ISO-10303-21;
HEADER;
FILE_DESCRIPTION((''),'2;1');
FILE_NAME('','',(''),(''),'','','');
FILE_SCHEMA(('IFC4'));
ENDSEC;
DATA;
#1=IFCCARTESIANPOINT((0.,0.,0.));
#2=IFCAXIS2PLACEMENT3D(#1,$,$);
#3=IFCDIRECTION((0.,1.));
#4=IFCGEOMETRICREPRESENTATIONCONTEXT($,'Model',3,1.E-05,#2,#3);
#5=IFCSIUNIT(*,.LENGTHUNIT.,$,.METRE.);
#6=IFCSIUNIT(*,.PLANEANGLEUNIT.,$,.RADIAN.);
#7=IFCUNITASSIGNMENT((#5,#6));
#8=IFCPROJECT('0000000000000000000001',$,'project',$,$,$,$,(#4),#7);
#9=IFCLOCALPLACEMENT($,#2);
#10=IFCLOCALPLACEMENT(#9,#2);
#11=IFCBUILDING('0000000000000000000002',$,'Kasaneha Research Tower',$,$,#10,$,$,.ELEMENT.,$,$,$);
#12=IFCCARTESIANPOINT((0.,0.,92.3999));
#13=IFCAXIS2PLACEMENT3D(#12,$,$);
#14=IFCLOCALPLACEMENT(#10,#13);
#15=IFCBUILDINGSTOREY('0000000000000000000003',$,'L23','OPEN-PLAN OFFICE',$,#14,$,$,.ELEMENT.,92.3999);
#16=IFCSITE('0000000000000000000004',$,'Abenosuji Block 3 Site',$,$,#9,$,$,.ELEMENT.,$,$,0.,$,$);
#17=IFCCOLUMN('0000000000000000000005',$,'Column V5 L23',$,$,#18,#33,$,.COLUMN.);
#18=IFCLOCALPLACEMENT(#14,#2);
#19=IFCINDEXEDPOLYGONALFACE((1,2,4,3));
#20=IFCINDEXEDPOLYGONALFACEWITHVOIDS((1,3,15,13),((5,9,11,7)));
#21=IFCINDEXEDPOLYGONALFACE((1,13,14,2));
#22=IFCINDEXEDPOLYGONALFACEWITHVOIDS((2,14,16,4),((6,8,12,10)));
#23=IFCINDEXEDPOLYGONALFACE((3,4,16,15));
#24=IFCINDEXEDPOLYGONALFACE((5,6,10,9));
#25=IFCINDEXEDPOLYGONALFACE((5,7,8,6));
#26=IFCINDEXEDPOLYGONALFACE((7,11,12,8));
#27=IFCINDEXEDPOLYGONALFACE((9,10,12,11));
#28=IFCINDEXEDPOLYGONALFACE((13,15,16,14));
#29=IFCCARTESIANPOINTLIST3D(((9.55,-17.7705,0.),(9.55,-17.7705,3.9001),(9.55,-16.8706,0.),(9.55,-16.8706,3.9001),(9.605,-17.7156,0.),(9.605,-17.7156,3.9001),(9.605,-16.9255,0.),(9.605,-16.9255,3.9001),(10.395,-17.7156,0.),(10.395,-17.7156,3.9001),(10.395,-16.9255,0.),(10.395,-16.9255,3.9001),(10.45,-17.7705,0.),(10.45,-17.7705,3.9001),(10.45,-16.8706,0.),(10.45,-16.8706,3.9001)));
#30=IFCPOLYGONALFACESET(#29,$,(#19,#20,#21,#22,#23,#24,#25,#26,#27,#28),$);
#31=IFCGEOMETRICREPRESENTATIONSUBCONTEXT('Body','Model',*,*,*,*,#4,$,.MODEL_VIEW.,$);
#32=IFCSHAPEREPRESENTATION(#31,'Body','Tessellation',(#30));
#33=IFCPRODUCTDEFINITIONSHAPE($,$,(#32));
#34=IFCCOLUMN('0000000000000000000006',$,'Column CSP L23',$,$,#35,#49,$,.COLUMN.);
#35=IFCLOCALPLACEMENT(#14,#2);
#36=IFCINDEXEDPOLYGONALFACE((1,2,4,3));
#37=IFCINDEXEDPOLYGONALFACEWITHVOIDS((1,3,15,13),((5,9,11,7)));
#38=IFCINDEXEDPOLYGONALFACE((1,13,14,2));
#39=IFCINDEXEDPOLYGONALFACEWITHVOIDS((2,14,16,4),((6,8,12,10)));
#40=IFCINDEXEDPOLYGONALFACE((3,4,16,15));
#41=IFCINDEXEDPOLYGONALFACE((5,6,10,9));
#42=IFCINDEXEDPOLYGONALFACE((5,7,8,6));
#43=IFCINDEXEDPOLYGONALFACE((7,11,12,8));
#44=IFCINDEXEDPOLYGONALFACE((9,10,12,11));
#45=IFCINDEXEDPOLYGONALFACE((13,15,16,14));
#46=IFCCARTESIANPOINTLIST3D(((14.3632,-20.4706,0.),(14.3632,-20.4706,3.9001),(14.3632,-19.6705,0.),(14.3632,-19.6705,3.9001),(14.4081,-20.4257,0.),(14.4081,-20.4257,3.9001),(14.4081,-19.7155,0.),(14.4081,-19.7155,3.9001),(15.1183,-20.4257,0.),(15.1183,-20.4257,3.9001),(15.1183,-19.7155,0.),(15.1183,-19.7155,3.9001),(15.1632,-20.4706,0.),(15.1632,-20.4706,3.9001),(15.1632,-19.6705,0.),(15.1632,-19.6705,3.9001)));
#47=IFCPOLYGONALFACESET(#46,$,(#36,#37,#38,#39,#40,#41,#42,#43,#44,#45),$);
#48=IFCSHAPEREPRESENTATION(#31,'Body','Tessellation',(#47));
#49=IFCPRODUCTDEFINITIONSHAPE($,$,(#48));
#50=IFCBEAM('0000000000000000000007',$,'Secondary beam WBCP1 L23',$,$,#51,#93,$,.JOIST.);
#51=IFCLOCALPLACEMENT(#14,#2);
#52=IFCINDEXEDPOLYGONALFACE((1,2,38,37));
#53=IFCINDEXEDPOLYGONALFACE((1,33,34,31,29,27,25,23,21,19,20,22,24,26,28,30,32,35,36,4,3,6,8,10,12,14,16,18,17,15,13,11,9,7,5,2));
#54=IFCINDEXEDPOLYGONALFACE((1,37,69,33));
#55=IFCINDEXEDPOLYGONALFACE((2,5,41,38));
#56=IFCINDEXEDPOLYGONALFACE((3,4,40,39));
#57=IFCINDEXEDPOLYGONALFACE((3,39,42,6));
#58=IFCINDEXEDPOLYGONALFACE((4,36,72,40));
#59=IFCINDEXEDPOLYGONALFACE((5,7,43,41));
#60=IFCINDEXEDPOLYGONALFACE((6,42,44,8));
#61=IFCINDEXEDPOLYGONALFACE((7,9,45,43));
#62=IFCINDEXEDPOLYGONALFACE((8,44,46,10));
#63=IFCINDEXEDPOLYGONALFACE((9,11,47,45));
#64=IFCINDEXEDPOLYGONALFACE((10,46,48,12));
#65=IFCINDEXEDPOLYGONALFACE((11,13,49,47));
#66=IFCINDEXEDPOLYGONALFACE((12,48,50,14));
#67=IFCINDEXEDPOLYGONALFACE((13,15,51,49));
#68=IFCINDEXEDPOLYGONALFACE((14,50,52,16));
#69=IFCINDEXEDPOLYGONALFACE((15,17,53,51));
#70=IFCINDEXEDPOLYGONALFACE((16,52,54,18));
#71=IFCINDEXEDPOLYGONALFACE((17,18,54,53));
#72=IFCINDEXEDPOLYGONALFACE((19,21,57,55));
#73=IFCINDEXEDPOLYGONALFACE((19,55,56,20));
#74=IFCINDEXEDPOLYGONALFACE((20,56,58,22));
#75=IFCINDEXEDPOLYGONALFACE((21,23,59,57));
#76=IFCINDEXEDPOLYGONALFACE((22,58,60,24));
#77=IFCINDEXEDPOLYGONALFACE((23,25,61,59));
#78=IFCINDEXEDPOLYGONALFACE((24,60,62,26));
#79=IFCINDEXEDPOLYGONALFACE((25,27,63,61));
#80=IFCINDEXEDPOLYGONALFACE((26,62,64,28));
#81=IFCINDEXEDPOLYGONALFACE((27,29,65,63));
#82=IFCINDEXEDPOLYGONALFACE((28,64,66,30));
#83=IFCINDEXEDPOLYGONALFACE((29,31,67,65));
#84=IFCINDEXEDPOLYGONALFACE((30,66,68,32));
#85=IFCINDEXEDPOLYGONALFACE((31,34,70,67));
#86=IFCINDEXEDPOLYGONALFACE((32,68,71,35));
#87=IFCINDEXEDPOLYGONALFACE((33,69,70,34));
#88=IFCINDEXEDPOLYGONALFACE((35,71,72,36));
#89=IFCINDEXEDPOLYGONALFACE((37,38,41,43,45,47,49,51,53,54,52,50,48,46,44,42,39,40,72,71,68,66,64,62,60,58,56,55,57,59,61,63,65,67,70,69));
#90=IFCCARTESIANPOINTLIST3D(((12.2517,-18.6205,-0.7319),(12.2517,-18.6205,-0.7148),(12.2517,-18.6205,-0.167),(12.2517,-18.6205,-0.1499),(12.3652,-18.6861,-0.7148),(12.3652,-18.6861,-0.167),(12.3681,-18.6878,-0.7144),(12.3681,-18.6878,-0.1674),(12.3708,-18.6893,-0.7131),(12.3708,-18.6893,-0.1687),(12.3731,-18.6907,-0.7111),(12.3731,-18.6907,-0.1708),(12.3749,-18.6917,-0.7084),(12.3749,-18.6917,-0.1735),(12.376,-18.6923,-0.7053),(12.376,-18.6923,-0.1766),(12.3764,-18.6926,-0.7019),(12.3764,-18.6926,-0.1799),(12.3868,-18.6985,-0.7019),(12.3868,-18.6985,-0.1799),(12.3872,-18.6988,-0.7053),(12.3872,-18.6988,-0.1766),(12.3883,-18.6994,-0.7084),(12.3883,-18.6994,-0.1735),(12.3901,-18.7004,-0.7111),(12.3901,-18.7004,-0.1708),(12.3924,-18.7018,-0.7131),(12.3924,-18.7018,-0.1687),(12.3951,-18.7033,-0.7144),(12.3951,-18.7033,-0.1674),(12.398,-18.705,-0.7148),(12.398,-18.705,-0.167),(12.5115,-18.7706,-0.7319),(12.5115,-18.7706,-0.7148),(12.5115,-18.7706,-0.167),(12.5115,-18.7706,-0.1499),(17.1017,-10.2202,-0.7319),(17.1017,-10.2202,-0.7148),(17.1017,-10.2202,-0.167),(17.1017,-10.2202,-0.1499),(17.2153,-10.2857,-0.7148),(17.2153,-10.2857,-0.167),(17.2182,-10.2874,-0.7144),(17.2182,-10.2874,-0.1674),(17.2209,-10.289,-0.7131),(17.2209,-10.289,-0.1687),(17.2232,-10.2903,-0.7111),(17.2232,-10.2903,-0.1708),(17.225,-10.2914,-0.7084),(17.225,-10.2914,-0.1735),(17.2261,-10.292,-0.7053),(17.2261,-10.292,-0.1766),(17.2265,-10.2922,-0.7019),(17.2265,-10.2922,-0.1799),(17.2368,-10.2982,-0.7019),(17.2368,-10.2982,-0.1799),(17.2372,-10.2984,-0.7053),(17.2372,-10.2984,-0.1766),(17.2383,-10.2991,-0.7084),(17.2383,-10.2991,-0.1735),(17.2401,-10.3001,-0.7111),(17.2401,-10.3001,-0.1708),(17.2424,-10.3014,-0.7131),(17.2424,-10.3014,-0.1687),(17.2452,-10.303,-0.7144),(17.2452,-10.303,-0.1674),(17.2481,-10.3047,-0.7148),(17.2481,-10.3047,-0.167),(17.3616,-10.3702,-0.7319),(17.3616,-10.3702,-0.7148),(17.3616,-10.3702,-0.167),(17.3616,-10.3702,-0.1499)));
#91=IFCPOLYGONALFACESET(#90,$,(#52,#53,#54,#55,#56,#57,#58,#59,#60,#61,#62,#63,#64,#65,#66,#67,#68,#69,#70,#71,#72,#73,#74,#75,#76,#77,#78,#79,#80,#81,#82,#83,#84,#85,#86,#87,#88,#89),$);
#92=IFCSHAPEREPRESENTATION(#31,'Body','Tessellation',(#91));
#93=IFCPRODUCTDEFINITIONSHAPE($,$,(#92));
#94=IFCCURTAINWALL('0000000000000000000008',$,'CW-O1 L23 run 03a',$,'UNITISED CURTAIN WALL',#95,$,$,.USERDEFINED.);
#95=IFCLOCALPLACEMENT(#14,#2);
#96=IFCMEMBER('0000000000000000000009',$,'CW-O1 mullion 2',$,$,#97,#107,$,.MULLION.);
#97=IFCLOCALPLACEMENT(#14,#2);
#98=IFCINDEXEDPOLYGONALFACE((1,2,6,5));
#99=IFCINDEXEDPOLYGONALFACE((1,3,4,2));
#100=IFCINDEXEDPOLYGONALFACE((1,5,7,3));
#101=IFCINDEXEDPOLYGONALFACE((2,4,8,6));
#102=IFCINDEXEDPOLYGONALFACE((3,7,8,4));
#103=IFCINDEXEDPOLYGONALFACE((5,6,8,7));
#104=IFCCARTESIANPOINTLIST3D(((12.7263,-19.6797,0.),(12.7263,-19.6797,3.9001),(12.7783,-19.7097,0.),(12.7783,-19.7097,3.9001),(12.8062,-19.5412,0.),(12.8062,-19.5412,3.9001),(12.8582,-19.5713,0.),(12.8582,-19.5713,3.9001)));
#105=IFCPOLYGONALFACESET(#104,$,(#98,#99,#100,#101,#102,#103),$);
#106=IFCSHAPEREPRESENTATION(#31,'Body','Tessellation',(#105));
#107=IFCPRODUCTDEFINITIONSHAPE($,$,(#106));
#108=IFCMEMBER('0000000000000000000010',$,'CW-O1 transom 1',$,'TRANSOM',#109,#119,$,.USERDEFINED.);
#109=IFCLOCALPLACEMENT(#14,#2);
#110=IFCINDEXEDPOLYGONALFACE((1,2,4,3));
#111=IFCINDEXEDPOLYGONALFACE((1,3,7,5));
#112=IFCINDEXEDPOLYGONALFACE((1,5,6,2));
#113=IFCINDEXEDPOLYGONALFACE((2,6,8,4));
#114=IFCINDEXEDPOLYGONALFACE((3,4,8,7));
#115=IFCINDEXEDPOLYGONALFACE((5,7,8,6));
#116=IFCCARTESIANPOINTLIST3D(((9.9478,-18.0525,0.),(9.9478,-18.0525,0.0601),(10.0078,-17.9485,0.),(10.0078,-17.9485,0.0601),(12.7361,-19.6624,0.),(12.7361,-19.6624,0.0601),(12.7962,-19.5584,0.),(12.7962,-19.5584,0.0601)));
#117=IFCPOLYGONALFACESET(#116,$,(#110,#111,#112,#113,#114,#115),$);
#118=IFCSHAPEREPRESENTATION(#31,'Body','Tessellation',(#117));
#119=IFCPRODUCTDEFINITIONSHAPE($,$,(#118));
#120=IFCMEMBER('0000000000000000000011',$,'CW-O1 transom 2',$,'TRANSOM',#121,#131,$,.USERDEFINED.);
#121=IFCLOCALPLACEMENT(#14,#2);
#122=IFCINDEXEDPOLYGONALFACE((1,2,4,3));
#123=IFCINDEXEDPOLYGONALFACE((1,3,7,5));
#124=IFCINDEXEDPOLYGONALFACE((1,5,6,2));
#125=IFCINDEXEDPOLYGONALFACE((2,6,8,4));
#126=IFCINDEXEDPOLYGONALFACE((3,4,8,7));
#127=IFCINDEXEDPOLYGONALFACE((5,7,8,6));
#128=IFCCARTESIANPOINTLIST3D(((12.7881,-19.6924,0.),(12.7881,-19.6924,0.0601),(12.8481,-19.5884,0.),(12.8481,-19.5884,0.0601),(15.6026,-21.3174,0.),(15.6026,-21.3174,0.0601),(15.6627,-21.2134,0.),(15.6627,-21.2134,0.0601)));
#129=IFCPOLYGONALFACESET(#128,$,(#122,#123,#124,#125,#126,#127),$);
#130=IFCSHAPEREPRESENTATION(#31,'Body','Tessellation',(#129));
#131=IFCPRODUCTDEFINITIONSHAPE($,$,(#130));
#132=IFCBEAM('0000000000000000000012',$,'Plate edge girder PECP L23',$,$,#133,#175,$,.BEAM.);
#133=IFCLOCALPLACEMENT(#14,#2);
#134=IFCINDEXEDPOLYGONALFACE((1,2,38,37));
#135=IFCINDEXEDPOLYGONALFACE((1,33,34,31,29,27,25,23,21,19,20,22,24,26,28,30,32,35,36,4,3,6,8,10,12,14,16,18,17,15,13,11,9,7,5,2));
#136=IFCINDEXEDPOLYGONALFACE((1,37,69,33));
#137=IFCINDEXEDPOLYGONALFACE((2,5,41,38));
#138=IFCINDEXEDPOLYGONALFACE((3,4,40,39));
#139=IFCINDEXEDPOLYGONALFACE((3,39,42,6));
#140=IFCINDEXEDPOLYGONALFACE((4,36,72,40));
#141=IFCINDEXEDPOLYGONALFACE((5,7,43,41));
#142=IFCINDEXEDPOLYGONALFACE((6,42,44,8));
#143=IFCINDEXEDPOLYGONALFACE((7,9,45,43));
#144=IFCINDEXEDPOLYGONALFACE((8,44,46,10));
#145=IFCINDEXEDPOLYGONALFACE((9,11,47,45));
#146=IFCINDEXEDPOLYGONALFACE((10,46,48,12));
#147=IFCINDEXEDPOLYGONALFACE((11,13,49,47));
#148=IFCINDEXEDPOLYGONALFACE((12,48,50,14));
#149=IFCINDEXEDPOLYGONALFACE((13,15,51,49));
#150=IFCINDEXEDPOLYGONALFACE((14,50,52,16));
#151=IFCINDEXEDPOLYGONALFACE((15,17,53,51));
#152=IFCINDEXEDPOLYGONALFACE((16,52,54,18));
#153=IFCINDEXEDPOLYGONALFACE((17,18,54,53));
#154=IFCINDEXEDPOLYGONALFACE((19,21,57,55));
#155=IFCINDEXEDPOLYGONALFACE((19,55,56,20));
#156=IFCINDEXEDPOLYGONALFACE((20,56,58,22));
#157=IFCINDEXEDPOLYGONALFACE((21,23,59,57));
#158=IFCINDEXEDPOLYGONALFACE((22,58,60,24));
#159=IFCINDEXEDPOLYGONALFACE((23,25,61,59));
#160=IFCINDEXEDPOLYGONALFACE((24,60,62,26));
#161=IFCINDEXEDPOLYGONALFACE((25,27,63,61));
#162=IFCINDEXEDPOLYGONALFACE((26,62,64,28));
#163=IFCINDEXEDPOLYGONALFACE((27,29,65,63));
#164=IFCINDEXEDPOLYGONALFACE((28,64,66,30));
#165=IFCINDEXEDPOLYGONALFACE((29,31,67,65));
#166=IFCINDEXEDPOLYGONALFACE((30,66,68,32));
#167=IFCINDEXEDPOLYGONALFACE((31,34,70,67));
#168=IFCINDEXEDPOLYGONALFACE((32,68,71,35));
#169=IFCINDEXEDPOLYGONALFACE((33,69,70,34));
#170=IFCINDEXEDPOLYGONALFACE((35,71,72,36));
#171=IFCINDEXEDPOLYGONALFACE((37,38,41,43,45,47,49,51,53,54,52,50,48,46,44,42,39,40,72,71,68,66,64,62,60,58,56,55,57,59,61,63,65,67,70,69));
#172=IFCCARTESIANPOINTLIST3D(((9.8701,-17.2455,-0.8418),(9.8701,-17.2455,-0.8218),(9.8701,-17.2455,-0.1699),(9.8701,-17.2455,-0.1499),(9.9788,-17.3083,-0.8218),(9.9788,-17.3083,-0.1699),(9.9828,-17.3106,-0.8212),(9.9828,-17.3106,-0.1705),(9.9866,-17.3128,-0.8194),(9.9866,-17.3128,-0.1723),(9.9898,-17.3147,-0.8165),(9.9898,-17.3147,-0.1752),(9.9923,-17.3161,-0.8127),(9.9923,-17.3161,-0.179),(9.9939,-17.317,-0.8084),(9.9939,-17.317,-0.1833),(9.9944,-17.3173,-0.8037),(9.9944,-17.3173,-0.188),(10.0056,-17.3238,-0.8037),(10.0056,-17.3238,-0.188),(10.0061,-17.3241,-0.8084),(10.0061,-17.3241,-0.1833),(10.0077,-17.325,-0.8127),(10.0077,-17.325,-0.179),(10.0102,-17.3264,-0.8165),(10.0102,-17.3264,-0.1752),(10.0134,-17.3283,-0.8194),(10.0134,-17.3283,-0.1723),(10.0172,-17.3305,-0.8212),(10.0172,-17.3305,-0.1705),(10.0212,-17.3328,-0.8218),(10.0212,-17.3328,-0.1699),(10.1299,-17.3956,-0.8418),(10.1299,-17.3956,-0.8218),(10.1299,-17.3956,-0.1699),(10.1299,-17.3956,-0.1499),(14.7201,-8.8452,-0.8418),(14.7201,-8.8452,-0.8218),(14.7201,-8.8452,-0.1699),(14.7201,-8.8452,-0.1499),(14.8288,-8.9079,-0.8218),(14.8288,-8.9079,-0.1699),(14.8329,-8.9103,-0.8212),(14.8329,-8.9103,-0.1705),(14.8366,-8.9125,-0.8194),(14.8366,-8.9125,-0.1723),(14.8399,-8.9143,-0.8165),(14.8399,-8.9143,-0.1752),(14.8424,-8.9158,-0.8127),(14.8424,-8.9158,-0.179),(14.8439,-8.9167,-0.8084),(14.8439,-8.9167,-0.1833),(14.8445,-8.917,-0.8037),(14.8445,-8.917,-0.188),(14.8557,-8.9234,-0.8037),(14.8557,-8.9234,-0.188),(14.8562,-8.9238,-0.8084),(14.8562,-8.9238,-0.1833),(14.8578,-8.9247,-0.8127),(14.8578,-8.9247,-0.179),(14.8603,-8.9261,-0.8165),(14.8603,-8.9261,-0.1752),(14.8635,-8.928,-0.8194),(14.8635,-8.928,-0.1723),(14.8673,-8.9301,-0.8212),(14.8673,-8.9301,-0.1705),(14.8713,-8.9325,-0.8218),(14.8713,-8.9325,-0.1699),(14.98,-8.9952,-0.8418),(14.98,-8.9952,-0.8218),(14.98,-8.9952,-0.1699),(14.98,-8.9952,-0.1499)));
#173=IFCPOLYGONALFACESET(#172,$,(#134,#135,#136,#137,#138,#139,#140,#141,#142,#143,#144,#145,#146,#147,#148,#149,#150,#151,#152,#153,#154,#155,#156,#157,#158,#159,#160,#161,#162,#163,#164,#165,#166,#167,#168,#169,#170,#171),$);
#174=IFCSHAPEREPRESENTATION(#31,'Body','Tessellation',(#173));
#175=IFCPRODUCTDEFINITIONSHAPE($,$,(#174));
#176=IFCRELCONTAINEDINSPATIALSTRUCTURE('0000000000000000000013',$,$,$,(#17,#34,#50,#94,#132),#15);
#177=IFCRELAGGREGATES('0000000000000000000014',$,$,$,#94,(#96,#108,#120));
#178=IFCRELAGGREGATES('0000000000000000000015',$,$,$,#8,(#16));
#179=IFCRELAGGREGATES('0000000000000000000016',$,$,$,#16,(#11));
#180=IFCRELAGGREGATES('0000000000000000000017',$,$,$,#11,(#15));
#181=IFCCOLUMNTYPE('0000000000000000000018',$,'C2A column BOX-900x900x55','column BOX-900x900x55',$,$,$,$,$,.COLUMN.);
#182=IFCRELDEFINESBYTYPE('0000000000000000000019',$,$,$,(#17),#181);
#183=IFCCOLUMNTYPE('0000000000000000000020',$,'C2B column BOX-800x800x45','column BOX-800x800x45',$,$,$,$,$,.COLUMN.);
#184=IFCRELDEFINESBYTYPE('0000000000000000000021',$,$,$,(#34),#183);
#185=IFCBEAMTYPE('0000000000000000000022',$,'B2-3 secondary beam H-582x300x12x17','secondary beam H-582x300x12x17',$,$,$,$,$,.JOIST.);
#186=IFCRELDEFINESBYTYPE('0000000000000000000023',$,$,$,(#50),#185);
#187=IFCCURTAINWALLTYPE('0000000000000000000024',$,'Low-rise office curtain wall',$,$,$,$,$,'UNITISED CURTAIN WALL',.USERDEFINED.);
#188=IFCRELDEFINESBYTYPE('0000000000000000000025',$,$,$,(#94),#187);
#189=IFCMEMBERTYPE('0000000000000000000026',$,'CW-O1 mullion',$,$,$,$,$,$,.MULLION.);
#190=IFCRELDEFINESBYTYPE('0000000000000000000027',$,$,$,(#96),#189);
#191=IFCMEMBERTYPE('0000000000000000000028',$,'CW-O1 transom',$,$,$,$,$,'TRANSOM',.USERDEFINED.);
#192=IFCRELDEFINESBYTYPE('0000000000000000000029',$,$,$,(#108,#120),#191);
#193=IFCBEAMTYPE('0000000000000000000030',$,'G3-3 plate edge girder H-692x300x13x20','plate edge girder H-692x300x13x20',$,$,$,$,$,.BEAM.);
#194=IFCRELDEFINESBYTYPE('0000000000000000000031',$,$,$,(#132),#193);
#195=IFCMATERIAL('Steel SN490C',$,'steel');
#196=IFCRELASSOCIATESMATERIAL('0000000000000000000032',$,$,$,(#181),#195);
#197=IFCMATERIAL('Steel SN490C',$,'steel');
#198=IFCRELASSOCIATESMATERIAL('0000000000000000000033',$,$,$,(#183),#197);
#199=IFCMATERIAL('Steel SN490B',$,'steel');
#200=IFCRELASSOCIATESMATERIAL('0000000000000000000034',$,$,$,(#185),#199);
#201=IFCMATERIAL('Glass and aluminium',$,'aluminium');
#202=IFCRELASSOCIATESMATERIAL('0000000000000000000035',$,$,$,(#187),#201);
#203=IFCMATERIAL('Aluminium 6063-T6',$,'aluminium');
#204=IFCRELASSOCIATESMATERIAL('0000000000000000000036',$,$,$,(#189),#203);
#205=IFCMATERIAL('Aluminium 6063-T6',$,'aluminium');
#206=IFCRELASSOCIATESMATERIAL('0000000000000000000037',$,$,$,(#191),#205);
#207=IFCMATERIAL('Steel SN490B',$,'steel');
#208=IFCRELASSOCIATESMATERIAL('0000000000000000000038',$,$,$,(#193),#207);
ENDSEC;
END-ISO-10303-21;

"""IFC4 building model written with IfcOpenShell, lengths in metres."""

from ifc_helpers import new_model, si_unit, direction, frame, origin, origin_2d, place, context, subcontext, project, spatial, rectangle, hollow_rectangle, i_section, extrude, material, material_profile, profile_set, type_object, element, aggregate, save


model = new_model("IFC4")

# Units and contexts
model_context = context("Model", 3, precision=1e-05, world=origin(), true_north=direction((0.0, 1.0)))
body_context = subcontext(model_context, "Body", "Model", "MODEL_VIEW")
ifc_project = project(units=[si_unit("LENGTHUNIT", "METRE"), si_unit("PLANEANGLEUNIT", "RADIAN")], contexts=[model_context])

# Site, building, storey
site_placement = place(None, origin())
site = spatial("IfcSite", under=ifc_project, at=site_placement, Name="Abenosuji Block 3 Site", CompositionType="ELEMENT", RefElevation=0.0)
building_placement = place(site_placement, origin())
building = spatial("IfcBuilding", under=site, at=building_placement, Name="Kasaneha Research Tower", CompositionType="ELEMENT")
storey_placement = place(building_placement, frame((0.0, 0.0, 92.3999)))
storey = spatial("IfcBuildingStorey", under=building, at=storey_placement, Name="L23", Description="OPEN-PLAN OFFICE", CompositionType="ELEMENT", Elevation=92.3999)

# Columns
ifc_material_1 = material(Name="Steel SN490C", Category="steel")
ifc_material_profile_1 = material_profile(ifc_material_1, hollow_rectangle(XDim=0.8999, YDim=0.8999, WallThickness=0.0549, at=origin_2d()), Name="BOX-900x900x55")
ifc_profile_set_1 = profile_set([ifc_material_profile_1], Name="Steel SN490C")
column_type_1 = type_object("IfcColumnType", Name="C2A column BOX-900x900x55", Description="column BOX-900x900x55", PredefinedType="COLUMN", material=ifc_profile_set_1)
column_1_placement = place(storey_placement, frame((10.0, -17.3206, 0.0), z_axis=(0.0, 0.0, 1.0), x_axis=(1.0, 0.0, 0.0)))
element("IfcColumn", 1, at=column_1_placement, inside=storey, type_object=column_type_1, Name="Column V5 L23", PredefinedType="COLUMN", context=body_context, shape_type="SweptSolid", body=[
    extrude(hollow_rectangle(XDim=0.8999, YDim=0.8999, WallThickness=0.0549, at=origin_2d()), origin(), (0.0, 0.0, 1.0), 3.9001),
])
ifc_material_2 = material(Name="Steel SN490C", Category="steel")
ifc_material_profile_2 = material_profile(ifc_material_2, hollow_rectangle(XDim=0.8, YDim=0.8, WallThickness=0.0449, at=origin_2d()), Name="BOX-800x800x45")
ifc_profile_set_2 = profile_set([ifc_material_profile_2], Name="Steel SN490C")
column_type_2 = type_object("IfcColumnType", Name="C2B column BOX-800x800x45", Description="column BOX-800x800x45", PredefinedType="COLUMN", material=ifc_profile_set_2)
column_2_placement = place(storey_placement, frame((14.7632, -20.0706, 0.0), z_axis=(0.0, 0.0, 1.0), x_axis=(1.0, 0.0, 0.0)))
element("IfcColumn", 2, at=column_2_placement, inside=storey, type_object=column_type_2, Name="Column CSP L23", PredefinedType="COLUMN", context=body_context, shape_type="SweptSolid", body=[
    extrude(hollow_rectangle(XDim=0.8, YDim=0.8, WallThickness=0.0449, at=origin_2d()), origin(), (0.0, 0.0, 1.0), 3.9001),
])

# Beam
ifc_material_3 = material(Name="Steel SN490B", Category="steel")
ifc_material_profile_3 = material_profile(ifc_material_3, i_section(OverallWidth=0.3, OverallDepth=0.582, WebThickness=0.012, FlangeThickness=0.0171, FilletRadius=0.0129, at=origin_2d()), Name="H-582x300x12x17")
ifc_profile_set_3 = profile_set([ifc_material_profile_3], Name="Steel SN490B")
beam_type_1 = type_object("IfcBeamType", Name="B2-3 secondary beam H-582x300x12x17", Description="secondary beam H-582x300x12x17", PredefinedType="JOIST", material=ifc_profile_set_3)
beam_1_placement = place(storey_placement, frame((12.3816, -18.6956, -0.4409), z_axis=(0.50001, 0.86602, 0.0), x_axis=(-0.86602, 0.50001, 0.0)))
element("IfcBeam", 3, at=beam_1_placement, inside=storey, type_object=beam_type_1, Name="Secondary beam WBCP1 L23", PredefinedType="JOIST", context=body_context, shape_type="SweptSolid", body=[
    extrude(i_section(OverallWidth=0.3, OverallDepth=0.582, WebThickness=0.012, FlangeThickness=0.0171, FilletRadius=0.0129, at=origin_2d()), origin(), (0.0, 0.0, 1.0), 9.7),
])

# Curtain wall, members
ifc_material_4 = material(Name="Glass and aluminium", Category="aluminium")
curtain_wall_type = type_object("IfcCurtainWallType", Name="Low-rise office curtain wall", ElementType="UNITISED CURTAIN WALL", PredefinedType="USERDEFINED", material=ifc_material_4)
curtain_wall_placement = place(storey_placement, origin())
curtain_wall = element("IfcCurtainWall", 4, at=curtain_wall_placement, inside=storey, type_object=curtain_wall_type, Name="CW-O1 L23 run 03a", ObjectType="UNITISED CURTAIN WALL", PredefinedType="USERDEFINED")
ifc_material_5 = material(Name="Aluminium 6063-T6", Category="aluminium")
ifc_material_profile_4 = material_profile(ifc_material_5, rectangle(XDim=0.0601, YDim=0.1599, at=origin_2d()), Name="CW-O1 mullion 60x160")
ifc_profile_set_4 = profile_set([ifc_material_profile_4], Name="Aluminium 6063-T6")
member_type_1 = type_object("IfcMemberType", Name="CW-O1 mullion", PredefinedType="MULLION", material=ifc_profile_set_4)
member_1_placement = place(storey_placement, frame((12.7922, -19.6255, 0.0), z_axis=(0.0, 0.0, 1.0), x_axis=(0.866025, -0.5, 0.0)))
member_1 = element("IfcMember", 5, at=member_1_placement, type_object=member_type_1, Name="CW-O1 mullion 2", PredefinedType="MULLION", context=body_context, shape_type="SweptSolid", body=[
    extrude(rectangle(XDim=0.0601, YDim=0.1599, at=origin_2d()), origin(), (0.0, 0.0, 1.0), 3.9001),
])
ifc_material_6 = material(Name="Aluminium 6063-T6", Category="aluminium")
ifc_material_profile_5 = material_profile(ifc_material_6, rectangle(XDim=0.1201, YDim=0.0601, at=origin_2d()), Name="CW-O1 transom 120x60")
ifc_profile_set_5 = profile_set([ifc_material_profile_5], Name="Aluminium 6063-T6")
member_type_2 = type_object("IfcMemberType", Name="CW-O1 transom", ElementType="TRANSOM", PredefinedType="USERDEFINED", material=ifc_profile_set_5)
member_2_placement = place(storey_placement, frame((9.9778, -18.0005, 0.03), z_axis=(0.866023, -0.500005, 0.0), x_axis=(0.500005, 0.866023, 0.0)))
member_2 = element("IfcMember", 6, at=member_2_placement, type_object=member_type_2, Name="CW-O1 transom 1", ObjectType="TRANSOM", PredefinedType="USERDEFINED", context=body_context, shape_type="SweptSolid", body=[
    extrude(rectangle(XDim=0.1201, YDim=0.0601, at=origin_2d()), origin(), (0.0, 0.0, 1.0), 3.2197),
])
member_3_placement = place(storey_placement, frame((12.8181, -19.6404, 0.03), z_axis=(0.866015, -0.500017, 0.0), x_axis=(0.500017, 0.866015, 0.0)))
member_3 = element("IfcMember", 7, at=member_3_placement, type_object=member_type_2, Name="CW-O1 transom 2", ObjectType="TRANSOM", PredefinedType="USERDEFINED", context=body_context, shape_type="SweptSolid", body=[
    extrude(rectangle(XDim=0.1201, YDim=0.0601, at=origin_2d()), origin(), (0.0, 0.0, 1.0), 3.25),
])

# Beam
ifc_material_7 = material(Name="Steel SN490B", Category="steel")
ifc_material_profile_6 = material_profile(ifc_material_7, i_section(OverallWidth=0.3, OverallDepth=0.6919, WebThickness=0.0129, FlangeThickness=0.02, FilletRadius=0.0181, at=origin_2d()), Name="H-692x300x13x20")
ifc_profile_set_6 = profile_set([ifc_material_profile_6], Name="Steel SN490B")
beam_type_2 = type_object("IfcBeamType", Name="G3-3 plate edge girder H-692x300x13x20", Description="plate edge girder H-692x300x13x20", PredefinedType="BEAM", material=ifc_profile_set_6)
beam_2_placement = place(storey_placement, frame((10.0, -17.3206, -0.4958), z_axis=(0.50001, 0.86602, 0.0), x_axis=(-0.86602, 0.50001, 0.0)))
element("IfcBeam", 8, at=beam_2_placement, inside=storey, type_object=beam_type_2, Name="Plate edge girder PECP L23", PredefinedType="BEAM", context=body_context, shape_type="SweptSolid", body=[
    extrude(i_section(OverallWidth=0.3, OverallDepth=0.6919, WebThickness=0.0129, FlangeThickness=0.02, FilletRadius=0.0181, at=origin_2d()), origin(), (0.0, 0.0, 1.0), 9.7),
])

aggregate(curtain_wall, [member_1, member_2, member_3])

save(model, "model.ifc")
